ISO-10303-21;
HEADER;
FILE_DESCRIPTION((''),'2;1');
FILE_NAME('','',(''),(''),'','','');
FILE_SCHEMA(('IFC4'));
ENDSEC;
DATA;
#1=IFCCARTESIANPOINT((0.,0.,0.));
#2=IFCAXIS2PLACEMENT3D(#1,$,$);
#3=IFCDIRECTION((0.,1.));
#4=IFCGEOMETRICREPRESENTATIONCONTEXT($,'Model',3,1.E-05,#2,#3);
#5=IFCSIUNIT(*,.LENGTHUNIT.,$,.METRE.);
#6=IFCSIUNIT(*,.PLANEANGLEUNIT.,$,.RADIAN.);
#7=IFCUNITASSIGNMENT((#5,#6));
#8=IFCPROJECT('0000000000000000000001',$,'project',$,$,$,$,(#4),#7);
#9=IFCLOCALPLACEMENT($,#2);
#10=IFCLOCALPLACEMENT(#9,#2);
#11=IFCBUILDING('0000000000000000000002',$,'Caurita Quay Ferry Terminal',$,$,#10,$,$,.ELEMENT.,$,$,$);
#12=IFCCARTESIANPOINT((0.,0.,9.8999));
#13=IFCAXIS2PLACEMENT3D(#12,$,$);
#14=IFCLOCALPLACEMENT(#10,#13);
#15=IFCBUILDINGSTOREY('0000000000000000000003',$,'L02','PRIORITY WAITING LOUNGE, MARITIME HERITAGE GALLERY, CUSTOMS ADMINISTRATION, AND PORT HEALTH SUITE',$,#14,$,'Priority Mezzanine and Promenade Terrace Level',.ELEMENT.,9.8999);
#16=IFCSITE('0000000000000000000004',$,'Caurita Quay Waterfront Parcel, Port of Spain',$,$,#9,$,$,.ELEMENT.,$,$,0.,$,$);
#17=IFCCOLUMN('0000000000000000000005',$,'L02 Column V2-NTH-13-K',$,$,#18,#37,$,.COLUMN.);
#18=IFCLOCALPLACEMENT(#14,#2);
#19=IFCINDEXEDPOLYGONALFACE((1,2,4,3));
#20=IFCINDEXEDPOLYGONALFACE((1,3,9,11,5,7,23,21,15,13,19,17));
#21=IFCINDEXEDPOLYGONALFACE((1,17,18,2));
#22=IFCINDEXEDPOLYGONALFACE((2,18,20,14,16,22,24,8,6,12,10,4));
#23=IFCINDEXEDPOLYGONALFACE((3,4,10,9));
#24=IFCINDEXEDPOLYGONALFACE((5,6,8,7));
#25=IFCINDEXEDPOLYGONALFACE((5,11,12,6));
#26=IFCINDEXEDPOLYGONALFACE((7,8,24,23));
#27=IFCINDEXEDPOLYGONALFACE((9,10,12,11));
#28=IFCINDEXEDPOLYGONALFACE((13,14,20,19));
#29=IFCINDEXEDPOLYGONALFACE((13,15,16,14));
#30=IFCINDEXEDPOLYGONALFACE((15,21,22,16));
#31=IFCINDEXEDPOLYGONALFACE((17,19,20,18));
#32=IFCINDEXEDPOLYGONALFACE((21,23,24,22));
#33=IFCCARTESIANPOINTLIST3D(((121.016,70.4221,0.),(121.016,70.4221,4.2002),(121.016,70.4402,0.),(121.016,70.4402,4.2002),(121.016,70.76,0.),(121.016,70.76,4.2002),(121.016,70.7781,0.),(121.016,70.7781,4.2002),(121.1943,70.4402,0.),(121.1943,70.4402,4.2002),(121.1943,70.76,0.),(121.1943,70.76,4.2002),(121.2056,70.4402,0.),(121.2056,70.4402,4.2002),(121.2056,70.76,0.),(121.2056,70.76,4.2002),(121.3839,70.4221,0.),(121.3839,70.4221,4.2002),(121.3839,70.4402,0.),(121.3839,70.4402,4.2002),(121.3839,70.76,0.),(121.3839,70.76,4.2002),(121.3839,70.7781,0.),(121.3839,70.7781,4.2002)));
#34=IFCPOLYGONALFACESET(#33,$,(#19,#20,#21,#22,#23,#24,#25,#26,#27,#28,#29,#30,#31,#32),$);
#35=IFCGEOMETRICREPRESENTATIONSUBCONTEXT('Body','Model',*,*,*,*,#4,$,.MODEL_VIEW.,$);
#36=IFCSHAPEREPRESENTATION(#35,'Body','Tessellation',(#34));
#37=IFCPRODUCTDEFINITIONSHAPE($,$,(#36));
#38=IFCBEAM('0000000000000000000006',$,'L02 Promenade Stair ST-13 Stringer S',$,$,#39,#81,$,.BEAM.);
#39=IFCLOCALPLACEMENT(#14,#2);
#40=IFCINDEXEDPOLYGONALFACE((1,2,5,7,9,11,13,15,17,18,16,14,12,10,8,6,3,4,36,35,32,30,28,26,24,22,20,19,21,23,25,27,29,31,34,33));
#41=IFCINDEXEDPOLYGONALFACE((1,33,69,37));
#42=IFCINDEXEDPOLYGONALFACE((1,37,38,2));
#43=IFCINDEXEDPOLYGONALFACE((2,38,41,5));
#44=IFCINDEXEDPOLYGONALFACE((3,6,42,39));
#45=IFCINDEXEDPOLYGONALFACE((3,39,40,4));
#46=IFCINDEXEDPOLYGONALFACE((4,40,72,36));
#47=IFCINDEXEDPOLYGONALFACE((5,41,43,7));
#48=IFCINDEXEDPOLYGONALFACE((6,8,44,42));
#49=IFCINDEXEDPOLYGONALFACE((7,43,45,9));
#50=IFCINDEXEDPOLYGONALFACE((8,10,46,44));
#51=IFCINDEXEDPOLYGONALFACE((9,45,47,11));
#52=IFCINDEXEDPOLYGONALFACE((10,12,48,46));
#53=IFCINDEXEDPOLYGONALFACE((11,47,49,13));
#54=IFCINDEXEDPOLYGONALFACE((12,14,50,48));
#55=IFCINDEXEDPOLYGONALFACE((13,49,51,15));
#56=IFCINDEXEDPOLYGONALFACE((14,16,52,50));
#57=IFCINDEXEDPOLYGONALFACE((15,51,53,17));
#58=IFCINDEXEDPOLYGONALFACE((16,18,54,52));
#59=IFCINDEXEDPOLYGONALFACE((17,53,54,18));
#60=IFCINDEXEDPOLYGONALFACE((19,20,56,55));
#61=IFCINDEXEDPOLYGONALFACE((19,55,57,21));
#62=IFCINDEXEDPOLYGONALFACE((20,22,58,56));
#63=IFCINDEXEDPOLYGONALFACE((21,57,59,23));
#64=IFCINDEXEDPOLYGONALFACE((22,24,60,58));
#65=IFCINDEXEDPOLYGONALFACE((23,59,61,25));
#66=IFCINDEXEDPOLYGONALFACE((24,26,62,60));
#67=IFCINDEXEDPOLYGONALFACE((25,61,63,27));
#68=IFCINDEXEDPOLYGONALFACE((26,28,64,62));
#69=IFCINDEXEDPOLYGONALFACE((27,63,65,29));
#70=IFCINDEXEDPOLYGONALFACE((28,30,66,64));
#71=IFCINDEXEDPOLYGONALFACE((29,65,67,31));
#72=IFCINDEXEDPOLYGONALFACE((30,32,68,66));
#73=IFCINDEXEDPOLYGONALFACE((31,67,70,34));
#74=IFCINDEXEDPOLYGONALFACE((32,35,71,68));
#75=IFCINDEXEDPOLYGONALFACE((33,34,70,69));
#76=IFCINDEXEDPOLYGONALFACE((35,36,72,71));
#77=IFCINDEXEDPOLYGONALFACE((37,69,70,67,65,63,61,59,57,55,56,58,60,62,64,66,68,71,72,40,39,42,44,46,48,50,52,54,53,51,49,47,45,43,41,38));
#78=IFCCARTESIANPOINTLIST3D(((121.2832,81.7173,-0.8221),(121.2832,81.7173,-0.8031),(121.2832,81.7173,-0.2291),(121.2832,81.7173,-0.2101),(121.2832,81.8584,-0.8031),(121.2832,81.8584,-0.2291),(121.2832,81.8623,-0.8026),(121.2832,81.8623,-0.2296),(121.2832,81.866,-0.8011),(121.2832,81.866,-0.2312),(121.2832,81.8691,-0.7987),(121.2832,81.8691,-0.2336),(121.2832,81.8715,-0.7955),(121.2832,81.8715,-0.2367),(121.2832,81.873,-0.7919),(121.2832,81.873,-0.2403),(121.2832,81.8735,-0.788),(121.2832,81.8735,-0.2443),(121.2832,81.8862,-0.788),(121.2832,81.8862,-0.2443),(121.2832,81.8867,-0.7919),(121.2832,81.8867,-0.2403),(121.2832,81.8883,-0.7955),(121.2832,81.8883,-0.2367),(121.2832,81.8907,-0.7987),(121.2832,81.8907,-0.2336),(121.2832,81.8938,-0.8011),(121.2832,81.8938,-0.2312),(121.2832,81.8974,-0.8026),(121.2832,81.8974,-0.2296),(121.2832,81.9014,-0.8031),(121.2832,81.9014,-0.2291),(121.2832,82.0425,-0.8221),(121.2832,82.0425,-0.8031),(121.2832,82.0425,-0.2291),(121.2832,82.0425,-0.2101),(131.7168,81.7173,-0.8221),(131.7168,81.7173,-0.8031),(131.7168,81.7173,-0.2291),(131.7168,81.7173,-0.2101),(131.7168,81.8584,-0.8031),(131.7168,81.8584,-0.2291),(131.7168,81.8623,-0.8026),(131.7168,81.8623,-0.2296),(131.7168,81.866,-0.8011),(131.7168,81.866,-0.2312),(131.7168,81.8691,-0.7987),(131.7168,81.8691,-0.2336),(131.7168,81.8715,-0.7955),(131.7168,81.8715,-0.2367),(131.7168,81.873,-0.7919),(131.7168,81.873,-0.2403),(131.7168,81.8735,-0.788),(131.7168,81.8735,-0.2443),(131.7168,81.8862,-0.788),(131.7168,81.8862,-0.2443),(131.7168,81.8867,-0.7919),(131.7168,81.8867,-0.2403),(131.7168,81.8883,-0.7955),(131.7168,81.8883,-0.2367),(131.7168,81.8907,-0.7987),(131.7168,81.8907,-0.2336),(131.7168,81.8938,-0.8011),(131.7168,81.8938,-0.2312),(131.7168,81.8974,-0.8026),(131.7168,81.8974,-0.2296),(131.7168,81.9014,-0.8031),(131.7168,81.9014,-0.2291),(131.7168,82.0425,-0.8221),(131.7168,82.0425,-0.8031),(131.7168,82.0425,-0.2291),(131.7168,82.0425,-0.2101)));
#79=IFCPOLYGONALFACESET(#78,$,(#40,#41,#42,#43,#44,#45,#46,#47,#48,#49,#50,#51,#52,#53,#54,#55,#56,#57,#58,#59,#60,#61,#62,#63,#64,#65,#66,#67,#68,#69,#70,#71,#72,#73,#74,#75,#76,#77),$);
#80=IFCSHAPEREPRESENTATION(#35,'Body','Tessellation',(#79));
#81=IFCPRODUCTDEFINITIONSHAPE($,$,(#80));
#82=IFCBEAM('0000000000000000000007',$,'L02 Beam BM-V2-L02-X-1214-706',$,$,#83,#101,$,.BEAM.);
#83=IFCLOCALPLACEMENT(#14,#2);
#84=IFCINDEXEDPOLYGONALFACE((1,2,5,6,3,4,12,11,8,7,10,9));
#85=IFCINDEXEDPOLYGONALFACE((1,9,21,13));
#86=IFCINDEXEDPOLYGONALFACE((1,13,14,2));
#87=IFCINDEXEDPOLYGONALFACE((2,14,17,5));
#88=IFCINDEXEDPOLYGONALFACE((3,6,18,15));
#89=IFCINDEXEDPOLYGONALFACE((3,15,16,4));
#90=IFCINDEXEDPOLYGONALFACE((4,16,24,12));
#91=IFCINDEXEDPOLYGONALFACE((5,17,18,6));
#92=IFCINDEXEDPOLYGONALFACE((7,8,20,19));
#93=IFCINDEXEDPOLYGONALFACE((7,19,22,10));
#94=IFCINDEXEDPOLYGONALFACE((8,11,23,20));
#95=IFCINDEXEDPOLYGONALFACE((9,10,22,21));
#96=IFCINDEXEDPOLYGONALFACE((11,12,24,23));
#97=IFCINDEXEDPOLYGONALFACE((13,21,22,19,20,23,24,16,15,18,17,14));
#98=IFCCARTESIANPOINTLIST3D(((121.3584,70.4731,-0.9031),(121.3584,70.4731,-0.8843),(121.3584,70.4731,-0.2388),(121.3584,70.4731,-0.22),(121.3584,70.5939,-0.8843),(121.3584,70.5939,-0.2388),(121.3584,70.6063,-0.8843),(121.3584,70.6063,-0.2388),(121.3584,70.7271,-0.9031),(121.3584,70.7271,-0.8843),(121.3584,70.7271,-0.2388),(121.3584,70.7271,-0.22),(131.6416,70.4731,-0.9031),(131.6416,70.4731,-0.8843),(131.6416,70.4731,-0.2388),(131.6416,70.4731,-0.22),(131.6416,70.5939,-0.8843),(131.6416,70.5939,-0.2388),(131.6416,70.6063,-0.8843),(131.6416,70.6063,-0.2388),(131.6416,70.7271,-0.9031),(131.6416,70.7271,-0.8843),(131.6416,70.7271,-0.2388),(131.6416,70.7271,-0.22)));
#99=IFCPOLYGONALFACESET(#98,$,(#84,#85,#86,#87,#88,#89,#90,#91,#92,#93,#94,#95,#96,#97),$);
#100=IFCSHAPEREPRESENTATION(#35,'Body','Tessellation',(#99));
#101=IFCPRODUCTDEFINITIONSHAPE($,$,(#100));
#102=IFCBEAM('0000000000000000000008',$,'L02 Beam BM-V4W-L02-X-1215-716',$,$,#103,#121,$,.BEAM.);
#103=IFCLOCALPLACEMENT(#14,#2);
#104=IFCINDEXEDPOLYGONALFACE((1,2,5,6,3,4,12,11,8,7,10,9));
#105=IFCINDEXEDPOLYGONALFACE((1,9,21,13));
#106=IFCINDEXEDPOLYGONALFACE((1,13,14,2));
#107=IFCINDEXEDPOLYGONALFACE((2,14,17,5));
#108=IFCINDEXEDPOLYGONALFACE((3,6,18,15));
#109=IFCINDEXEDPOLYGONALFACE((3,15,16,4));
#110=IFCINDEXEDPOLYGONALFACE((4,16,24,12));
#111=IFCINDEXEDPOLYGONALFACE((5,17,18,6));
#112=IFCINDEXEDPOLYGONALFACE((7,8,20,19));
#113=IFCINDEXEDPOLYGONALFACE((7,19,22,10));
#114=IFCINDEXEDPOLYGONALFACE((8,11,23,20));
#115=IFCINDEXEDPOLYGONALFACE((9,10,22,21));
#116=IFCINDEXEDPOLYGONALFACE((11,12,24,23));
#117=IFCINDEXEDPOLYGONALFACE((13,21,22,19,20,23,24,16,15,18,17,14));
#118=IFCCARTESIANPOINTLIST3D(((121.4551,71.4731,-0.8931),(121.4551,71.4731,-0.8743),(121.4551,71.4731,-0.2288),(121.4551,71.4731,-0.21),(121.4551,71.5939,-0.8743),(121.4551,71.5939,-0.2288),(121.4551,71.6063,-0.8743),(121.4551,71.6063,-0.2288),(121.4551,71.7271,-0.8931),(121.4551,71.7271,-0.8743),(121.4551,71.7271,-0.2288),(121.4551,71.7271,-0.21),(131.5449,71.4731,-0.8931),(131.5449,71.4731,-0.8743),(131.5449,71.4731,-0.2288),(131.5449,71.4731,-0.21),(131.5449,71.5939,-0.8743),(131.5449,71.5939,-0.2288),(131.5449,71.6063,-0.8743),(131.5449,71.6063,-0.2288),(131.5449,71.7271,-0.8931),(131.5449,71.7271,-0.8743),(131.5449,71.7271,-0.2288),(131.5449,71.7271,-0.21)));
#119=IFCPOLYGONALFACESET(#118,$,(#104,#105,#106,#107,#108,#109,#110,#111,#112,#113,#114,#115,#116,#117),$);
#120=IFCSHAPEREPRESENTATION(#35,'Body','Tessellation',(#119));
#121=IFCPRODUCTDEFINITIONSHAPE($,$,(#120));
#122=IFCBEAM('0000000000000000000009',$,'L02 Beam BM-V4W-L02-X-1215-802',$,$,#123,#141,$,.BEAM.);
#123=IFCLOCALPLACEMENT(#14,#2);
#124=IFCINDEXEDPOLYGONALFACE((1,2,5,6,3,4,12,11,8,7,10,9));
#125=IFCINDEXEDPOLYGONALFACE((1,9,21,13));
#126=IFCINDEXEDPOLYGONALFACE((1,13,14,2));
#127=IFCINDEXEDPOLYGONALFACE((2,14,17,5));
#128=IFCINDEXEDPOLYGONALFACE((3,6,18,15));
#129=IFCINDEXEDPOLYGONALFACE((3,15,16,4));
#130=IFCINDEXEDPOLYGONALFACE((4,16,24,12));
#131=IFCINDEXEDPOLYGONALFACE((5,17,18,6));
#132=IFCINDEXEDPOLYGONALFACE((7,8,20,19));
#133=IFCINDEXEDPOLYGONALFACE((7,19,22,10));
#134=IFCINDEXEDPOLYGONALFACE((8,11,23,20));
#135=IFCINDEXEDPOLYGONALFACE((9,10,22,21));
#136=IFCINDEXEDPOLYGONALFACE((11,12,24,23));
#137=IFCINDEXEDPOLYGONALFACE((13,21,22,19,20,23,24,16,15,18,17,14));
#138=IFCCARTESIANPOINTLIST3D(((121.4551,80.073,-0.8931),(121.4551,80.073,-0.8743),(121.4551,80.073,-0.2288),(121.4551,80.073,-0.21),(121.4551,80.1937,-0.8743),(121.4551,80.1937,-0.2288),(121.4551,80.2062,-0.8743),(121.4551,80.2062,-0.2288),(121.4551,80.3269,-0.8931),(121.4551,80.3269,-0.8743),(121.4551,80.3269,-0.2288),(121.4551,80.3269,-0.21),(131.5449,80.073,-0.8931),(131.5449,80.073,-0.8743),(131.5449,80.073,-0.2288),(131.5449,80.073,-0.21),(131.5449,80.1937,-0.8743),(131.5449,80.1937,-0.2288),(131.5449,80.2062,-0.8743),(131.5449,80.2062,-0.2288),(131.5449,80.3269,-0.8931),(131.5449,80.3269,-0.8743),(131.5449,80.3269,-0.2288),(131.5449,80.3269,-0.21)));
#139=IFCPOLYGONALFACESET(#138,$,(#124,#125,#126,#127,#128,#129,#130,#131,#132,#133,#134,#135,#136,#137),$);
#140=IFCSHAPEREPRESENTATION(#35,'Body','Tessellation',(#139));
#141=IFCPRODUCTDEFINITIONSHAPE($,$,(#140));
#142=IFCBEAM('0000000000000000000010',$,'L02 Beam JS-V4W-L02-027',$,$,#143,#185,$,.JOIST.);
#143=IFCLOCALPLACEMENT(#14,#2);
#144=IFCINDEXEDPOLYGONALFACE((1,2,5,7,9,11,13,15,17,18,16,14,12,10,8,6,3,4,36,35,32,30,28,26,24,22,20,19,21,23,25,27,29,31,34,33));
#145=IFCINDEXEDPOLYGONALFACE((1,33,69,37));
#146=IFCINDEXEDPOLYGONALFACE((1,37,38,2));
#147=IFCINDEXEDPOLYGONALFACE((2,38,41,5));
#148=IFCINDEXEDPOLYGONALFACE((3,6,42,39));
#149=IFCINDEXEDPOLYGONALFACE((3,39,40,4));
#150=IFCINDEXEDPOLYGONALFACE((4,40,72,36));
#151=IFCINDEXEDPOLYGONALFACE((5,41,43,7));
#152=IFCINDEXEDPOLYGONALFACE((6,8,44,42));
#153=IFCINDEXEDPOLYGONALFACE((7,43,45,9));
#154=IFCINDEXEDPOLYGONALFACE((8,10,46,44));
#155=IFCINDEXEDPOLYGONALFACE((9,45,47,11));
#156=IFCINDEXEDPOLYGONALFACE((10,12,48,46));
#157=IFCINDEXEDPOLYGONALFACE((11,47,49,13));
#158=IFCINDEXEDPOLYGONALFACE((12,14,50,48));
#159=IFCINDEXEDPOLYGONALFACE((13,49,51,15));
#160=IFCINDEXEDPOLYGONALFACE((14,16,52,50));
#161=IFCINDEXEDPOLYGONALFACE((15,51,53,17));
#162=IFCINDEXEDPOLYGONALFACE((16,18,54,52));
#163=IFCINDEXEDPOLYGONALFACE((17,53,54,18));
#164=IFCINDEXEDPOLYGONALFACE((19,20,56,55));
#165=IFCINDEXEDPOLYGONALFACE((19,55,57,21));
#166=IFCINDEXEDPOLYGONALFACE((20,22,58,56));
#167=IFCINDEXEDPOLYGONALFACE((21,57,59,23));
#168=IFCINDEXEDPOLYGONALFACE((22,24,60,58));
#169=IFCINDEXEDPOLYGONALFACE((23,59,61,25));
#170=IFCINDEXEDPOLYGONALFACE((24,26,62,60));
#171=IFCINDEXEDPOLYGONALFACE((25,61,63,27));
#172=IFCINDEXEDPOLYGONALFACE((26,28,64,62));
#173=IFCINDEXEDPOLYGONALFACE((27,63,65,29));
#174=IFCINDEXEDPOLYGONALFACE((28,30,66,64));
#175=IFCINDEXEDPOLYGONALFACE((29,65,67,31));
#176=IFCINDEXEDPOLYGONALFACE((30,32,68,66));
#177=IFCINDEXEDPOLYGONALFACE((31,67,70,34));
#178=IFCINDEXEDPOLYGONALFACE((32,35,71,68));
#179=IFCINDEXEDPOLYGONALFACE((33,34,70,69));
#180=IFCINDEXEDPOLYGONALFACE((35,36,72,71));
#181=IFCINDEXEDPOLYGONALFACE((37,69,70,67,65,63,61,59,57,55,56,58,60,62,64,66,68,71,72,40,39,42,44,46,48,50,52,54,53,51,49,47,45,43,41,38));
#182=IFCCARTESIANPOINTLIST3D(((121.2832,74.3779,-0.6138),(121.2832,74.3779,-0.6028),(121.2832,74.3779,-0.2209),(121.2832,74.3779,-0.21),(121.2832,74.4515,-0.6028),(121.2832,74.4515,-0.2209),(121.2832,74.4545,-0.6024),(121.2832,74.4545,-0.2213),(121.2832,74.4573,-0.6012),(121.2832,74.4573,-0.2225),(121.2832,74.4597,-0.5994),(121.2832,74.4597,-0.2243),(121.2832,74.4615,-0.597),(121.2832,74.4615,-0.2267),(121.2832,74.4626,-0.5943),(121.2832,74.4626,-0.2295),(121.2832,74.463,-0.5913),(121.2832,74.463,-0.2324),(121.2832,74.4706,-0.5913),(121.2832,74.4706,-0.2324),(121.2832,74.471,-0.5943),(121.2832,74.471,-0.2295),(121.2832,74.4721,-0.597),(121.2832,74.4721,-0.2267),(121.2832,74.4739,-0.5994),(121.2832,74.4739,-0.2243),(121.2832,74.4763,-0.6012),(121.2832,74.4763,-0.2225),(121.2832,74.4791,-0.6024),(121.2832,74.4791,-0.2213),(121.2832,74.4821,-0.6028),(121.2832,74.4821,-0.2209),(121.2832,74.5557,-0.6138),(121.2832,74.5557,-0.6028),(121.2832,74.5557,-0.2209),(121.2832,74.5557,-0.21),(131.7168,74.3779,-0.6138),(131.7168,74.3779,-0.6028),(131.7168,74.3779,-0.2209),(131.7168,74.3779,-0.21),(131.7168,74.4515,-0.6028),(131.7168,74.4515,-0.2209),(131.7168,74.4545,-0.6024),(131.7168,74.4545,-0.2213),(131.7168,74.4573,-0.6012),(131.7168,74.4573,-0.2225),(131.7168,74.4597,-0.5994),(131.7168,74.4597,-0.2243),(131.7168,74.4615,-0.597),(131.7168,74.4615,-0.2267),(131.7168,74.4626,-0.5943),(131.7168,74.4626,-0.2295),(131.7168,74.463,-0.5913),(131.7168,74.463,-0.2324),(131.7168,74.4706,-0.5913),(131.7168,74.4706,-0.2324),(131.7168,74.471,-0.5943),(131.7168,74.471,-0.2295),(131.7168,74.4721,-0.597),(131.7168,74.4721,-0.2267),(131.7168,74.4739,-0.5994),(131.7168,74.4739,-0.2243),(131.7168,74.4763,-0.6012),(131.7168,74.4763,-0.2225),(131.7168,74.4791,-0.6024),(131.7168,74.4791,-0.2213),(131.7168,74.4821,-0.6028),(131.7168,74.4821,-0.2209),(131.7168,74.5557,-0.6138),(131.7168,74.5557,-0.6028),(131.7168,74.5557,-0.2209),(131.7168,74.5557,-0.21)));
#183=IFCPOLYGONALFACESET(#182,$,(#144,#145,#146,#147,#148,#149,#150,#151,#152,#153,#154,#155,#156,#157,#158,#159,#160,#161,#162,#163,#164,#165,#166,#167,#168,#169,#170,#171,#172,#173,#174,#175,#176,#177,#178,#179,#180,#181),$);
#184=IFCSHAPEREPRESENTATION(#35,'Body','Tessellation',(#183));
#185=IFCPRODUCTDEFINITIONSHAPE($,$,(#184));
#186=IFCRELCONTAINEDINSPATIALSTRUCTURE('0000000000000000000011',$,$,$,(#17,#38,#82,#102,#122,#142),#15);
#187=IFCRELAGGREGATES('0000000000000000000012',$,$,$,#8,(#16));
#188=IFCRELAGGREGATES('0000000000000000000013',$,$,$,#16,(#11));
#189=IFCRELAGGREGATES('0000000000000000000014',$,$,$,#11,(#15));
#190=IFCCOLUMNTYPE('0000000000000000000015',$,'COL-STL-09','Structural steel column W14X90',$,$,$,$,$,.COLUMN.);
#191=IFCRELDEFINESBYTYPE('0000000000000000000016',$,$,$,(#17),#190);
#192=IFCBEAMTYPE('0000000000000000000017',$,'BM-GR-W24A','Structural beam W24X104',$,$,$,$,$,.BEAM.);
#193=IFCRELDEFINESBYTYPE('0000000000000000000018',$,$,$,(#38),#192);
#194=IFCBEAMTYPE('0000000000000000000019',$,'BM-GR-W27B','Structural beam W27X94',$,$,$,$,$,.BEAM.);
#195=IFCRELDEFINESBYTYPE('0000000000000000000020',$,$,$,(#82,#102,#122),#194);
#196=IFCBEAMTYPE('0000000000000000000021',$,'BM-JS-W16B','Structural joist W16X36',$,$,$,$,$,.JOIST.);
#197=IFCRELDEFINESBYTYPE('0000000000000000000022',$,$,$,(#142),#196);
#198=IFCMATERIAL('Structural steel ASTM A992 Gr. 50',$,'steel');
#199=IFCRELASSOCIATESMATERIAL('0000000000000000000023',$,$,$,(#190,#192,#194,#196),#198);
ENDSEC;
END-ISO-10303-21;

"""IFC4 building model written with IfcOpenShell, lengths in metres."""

from ifc_helpers import new_model, si_unit, direction, frame, origin, origin_2d, place, context, subcontext, project, spatial, i_section, extrude, material, material_profile, profile_set, type_object, element, save


model = new_model("IFC4")

# Units and contexts
model_context = context("Model", 3, precision=1e-05, world=origin(), true_north=direction((0.0, 1.0)))
body_context = subcontext(model_context, "Body", "Model", "MODEL_VIEW")
ifc_project = project(units=[si_unit("LENGTHUNIT", "METRE"), si_unit("PLANEANGLEUNIT", "RADIAN")], contexts=[model_context])

# Site, building, storey
site_placement = place(None, origin())
site = spatial("IfcSite", under=ifc_project, at=site_placement, Name="Caurita Quay Waterfront Parcel, Port of Spain", CompositionType="ELEMENT", RefElevation=0.0)
building_placement = place(site_placement, origin())
building = spatial("IfcBuilding", under=site, at=building_placement, Name="Caurita Quay Ferry Terminal", CompositionType="ELEMENT")
storey_placement = place(building_placement, frame((0.0, 0.0, 9.8999)))
storey = spatial("IfcBuildingStorey", under=building, at=storey_placement, Name="L02", Description="PRIORITY WAITING LOUNGE, MARITIME HERITAGE GALLERY, CUSTOMS ADMINISTRATION, AND PORT HEALTH SUITE", LongName="Priority Mezzanine and Promenade Terrace Level", CompositionType="ELEMENT", Elevation=9.8999)

# Column
ifc_material_1 = material(Name="Structural steel ASTM A992 Gr. 50", Category="steel")
ifc_material_profile_1 = material_profile(ifc_material_1, i_section(OverallWidth=0.3679, OverallDepth=0.356, WebThickness=0.0112, FlangeThickness=0.0181, at=origin_2d()), Name="W14X90")
ifc_profile_set_1 = profile_set([ifc_material_profile_1], Name="Structural steel ASTM A992 Gr. 50")
column_type = type_object("IfcColumnType", Name="COL-STL-09", Description="Structural steel column W14X90", PredefinedType="COLUMN", material=ifc_profile_set_1)
column_placement = place(storey_placement, frame((121.2, 70.6001, 0.0), z_axis=(0.0, 0.0, 1.0), x_axis=(1.0, 0.0, 0.0)))
element("IfcColumn", 1, at=column_placement, inside=storey, type_object=column_type, Name="L02 Column V2-NTH-13-K", PredefinedType="COLUMN", context=body_context, shape_type="SweptSolid", body=[
    extrude(i_section(OverallWidth=0.3679, OverallDepth=0.356, WebThickness=0.0112, FlangeThickness=0.0181, at=origin_2d()), origin(), (0.0, 0.0, 1.0), 4.2002),
])

# Beams
ifc_material_profile_2 = material_profile(ifc_material_1, i_section(OverallWidth=0.3252, OverallDepth=0.6121, WebThickness=0.0127, FlangeThickness=0.019, FilletRadius=0.0151, at=origin_2d()), Name="W24X104")
ifc_profile_set_2 = profile_set([ifc_material_profile_2], Name="Structural steel ASTM A992 Gr. 50")
beam_type_1 = type_object("IfcBeamType", Name="BM-GR-W24A", Description="Structural beam W24X104", PredefinedType="BEAM", material=ifc_profile_set_2)
beam_1_placement = place(storey_placement, frame((121.2832, 81.8799, -0.5161), z_axis=(1.0, 0.0, 0.0), x_axis=(0.0, 1.0, 0.0)))
element("IfcBeam", 2, at=beam_1_placement, inside=storey, type_object=beam_type_1, Name="L02 Promenade Stair ST-13 Stringer S", PredefinedType="BEAM", context=body_context, shape_type="SweptSolid", body=[
    extrude(i_section(OverallWidth=0.3252, OverallDepth=0.6121, WebThickness=0.0127, FlangeThickness=0.019, FilletRadius=0.0151, at=origin_2d()), origin(), (0.0, 0.0, 1.0), 10.4336),
])
ifc_material_profile_3 = material_profile(ifc_material_1, i_section(OverallWidth=0.2539, OverallDepth=0.6831, WebThickness=0.0125, FlangeThickness=0.0188, at=origin_2d()), Name="W27X94")
ifc_profile_set_3 = profile_set([ifc_material_profile_3], Name="Structural steel ASTM A992 Gr. 50")
beam_type_2 = type_object("IfcBeamType", Name="BM-GR-W27B", Description="Structural beam W27X94", PredefinedType="BEAM", material=ifc_profile_set_3)
beam_2_placement = place(storey_placement, frame((121.3584, 70.6001, -0.5615), z_axis=(1.0, 0.0, 0.0), x_axis=(0.0, 1.0, 0.0)))
element("IfcBeam", 3, at=beam_2_placement, inside=storey, type_object=beam_type_2, Name="L02 Beam BM-V2-L02-X-1214-706", PredefinedType="BEAM", context=body_context, shape_type="SweptSolid", body=[
    extrude(i_section(OverallWidth=0.2539, OverallDepth=0.6831, WebThickness=0.0125, FlangeThickness=0.0188, at=origin_2d()), origin(), (0.0, 0.0, 1.0), 10.2832),
])
for number, where, z_axis, x_axis, name in (
    (4, (121.4551, 71.6001, -0.5515), (1.0, 0.0, 0.0), (0.0, 1.0, 0.0), "L02 Beam BM-V4W-L02-X-1215-716"),
    (5, (121.4551, 80.2, -0.5515), (1.0, 0.0, 0.0), (0.0, 1.0, 0.0), "L02 Beam BM-V4W-L02-X-1215-802"),
):
    element("IfcBeam", number, at=place(storey_placement, frame(where, z_axis=z_axis, x_axis=x_axis)), inside=storey, type_object=beam_type_2, Name=name, PredefinedType="BEAM", context=body_context, shape_type="SweptSolid", body=[
        extrude(i_section(OverallWidth=0.2539, OverallDepth=0.6831, WebThickness=0.0125, FlangeThickness=0.0188, at=origin_2d()), origin(), (0.0, 0.0, 1.0), 10.0898),
    ])
ifc_material_profile_4 = material_profile(ifc_material_1, i_section(OverallWidth=0.1777, OverallDepth=0.4038, WebThickness=0.0076, FlangeThickness=0.011, FilletRadius=0.0115, at=origin_2d()), Name="W16X36")
ifc_profile_set_4 = profile_set([ifc_material_profile_4], Name="Structural steel ASTM A992 Gr. 50")
beam_type_3 = type_object("IfcBeamType", Name="BM-JS-W16B", Description="Structural joist W16X36", PredefinedType="JOIST", material=ifc_profile_set_4)
for number, where, z_axis, x_axis, name in (
    (6, (121.2832, 74.4668, -0.4119), (1.0, 0.0, 0.0), (0.0, 1.0, 0.0), "L02 Beam JS-V4W-L02-027"),
):
    element("IfcBeam", number, at=place(storey_placement, frame(where, z_axis=z_axis, x_axis=x_axis)), inside=storey, type_object=beam_type_3, Name=name, PredefinedType="JOIST", context=body_context, shape_type="SweptSolid", body=[
        extrude(i_section(OverallWidth=0.1777, OverallDepth=0.4038, WebThickness=0.0076, FlangeThickness=0.011, FilletRadius=0.0115, at=origin_2d()), origin(), (0.0, 0.0, 1.0), 10.4336),
    ])

save(model, "model.ifc")
